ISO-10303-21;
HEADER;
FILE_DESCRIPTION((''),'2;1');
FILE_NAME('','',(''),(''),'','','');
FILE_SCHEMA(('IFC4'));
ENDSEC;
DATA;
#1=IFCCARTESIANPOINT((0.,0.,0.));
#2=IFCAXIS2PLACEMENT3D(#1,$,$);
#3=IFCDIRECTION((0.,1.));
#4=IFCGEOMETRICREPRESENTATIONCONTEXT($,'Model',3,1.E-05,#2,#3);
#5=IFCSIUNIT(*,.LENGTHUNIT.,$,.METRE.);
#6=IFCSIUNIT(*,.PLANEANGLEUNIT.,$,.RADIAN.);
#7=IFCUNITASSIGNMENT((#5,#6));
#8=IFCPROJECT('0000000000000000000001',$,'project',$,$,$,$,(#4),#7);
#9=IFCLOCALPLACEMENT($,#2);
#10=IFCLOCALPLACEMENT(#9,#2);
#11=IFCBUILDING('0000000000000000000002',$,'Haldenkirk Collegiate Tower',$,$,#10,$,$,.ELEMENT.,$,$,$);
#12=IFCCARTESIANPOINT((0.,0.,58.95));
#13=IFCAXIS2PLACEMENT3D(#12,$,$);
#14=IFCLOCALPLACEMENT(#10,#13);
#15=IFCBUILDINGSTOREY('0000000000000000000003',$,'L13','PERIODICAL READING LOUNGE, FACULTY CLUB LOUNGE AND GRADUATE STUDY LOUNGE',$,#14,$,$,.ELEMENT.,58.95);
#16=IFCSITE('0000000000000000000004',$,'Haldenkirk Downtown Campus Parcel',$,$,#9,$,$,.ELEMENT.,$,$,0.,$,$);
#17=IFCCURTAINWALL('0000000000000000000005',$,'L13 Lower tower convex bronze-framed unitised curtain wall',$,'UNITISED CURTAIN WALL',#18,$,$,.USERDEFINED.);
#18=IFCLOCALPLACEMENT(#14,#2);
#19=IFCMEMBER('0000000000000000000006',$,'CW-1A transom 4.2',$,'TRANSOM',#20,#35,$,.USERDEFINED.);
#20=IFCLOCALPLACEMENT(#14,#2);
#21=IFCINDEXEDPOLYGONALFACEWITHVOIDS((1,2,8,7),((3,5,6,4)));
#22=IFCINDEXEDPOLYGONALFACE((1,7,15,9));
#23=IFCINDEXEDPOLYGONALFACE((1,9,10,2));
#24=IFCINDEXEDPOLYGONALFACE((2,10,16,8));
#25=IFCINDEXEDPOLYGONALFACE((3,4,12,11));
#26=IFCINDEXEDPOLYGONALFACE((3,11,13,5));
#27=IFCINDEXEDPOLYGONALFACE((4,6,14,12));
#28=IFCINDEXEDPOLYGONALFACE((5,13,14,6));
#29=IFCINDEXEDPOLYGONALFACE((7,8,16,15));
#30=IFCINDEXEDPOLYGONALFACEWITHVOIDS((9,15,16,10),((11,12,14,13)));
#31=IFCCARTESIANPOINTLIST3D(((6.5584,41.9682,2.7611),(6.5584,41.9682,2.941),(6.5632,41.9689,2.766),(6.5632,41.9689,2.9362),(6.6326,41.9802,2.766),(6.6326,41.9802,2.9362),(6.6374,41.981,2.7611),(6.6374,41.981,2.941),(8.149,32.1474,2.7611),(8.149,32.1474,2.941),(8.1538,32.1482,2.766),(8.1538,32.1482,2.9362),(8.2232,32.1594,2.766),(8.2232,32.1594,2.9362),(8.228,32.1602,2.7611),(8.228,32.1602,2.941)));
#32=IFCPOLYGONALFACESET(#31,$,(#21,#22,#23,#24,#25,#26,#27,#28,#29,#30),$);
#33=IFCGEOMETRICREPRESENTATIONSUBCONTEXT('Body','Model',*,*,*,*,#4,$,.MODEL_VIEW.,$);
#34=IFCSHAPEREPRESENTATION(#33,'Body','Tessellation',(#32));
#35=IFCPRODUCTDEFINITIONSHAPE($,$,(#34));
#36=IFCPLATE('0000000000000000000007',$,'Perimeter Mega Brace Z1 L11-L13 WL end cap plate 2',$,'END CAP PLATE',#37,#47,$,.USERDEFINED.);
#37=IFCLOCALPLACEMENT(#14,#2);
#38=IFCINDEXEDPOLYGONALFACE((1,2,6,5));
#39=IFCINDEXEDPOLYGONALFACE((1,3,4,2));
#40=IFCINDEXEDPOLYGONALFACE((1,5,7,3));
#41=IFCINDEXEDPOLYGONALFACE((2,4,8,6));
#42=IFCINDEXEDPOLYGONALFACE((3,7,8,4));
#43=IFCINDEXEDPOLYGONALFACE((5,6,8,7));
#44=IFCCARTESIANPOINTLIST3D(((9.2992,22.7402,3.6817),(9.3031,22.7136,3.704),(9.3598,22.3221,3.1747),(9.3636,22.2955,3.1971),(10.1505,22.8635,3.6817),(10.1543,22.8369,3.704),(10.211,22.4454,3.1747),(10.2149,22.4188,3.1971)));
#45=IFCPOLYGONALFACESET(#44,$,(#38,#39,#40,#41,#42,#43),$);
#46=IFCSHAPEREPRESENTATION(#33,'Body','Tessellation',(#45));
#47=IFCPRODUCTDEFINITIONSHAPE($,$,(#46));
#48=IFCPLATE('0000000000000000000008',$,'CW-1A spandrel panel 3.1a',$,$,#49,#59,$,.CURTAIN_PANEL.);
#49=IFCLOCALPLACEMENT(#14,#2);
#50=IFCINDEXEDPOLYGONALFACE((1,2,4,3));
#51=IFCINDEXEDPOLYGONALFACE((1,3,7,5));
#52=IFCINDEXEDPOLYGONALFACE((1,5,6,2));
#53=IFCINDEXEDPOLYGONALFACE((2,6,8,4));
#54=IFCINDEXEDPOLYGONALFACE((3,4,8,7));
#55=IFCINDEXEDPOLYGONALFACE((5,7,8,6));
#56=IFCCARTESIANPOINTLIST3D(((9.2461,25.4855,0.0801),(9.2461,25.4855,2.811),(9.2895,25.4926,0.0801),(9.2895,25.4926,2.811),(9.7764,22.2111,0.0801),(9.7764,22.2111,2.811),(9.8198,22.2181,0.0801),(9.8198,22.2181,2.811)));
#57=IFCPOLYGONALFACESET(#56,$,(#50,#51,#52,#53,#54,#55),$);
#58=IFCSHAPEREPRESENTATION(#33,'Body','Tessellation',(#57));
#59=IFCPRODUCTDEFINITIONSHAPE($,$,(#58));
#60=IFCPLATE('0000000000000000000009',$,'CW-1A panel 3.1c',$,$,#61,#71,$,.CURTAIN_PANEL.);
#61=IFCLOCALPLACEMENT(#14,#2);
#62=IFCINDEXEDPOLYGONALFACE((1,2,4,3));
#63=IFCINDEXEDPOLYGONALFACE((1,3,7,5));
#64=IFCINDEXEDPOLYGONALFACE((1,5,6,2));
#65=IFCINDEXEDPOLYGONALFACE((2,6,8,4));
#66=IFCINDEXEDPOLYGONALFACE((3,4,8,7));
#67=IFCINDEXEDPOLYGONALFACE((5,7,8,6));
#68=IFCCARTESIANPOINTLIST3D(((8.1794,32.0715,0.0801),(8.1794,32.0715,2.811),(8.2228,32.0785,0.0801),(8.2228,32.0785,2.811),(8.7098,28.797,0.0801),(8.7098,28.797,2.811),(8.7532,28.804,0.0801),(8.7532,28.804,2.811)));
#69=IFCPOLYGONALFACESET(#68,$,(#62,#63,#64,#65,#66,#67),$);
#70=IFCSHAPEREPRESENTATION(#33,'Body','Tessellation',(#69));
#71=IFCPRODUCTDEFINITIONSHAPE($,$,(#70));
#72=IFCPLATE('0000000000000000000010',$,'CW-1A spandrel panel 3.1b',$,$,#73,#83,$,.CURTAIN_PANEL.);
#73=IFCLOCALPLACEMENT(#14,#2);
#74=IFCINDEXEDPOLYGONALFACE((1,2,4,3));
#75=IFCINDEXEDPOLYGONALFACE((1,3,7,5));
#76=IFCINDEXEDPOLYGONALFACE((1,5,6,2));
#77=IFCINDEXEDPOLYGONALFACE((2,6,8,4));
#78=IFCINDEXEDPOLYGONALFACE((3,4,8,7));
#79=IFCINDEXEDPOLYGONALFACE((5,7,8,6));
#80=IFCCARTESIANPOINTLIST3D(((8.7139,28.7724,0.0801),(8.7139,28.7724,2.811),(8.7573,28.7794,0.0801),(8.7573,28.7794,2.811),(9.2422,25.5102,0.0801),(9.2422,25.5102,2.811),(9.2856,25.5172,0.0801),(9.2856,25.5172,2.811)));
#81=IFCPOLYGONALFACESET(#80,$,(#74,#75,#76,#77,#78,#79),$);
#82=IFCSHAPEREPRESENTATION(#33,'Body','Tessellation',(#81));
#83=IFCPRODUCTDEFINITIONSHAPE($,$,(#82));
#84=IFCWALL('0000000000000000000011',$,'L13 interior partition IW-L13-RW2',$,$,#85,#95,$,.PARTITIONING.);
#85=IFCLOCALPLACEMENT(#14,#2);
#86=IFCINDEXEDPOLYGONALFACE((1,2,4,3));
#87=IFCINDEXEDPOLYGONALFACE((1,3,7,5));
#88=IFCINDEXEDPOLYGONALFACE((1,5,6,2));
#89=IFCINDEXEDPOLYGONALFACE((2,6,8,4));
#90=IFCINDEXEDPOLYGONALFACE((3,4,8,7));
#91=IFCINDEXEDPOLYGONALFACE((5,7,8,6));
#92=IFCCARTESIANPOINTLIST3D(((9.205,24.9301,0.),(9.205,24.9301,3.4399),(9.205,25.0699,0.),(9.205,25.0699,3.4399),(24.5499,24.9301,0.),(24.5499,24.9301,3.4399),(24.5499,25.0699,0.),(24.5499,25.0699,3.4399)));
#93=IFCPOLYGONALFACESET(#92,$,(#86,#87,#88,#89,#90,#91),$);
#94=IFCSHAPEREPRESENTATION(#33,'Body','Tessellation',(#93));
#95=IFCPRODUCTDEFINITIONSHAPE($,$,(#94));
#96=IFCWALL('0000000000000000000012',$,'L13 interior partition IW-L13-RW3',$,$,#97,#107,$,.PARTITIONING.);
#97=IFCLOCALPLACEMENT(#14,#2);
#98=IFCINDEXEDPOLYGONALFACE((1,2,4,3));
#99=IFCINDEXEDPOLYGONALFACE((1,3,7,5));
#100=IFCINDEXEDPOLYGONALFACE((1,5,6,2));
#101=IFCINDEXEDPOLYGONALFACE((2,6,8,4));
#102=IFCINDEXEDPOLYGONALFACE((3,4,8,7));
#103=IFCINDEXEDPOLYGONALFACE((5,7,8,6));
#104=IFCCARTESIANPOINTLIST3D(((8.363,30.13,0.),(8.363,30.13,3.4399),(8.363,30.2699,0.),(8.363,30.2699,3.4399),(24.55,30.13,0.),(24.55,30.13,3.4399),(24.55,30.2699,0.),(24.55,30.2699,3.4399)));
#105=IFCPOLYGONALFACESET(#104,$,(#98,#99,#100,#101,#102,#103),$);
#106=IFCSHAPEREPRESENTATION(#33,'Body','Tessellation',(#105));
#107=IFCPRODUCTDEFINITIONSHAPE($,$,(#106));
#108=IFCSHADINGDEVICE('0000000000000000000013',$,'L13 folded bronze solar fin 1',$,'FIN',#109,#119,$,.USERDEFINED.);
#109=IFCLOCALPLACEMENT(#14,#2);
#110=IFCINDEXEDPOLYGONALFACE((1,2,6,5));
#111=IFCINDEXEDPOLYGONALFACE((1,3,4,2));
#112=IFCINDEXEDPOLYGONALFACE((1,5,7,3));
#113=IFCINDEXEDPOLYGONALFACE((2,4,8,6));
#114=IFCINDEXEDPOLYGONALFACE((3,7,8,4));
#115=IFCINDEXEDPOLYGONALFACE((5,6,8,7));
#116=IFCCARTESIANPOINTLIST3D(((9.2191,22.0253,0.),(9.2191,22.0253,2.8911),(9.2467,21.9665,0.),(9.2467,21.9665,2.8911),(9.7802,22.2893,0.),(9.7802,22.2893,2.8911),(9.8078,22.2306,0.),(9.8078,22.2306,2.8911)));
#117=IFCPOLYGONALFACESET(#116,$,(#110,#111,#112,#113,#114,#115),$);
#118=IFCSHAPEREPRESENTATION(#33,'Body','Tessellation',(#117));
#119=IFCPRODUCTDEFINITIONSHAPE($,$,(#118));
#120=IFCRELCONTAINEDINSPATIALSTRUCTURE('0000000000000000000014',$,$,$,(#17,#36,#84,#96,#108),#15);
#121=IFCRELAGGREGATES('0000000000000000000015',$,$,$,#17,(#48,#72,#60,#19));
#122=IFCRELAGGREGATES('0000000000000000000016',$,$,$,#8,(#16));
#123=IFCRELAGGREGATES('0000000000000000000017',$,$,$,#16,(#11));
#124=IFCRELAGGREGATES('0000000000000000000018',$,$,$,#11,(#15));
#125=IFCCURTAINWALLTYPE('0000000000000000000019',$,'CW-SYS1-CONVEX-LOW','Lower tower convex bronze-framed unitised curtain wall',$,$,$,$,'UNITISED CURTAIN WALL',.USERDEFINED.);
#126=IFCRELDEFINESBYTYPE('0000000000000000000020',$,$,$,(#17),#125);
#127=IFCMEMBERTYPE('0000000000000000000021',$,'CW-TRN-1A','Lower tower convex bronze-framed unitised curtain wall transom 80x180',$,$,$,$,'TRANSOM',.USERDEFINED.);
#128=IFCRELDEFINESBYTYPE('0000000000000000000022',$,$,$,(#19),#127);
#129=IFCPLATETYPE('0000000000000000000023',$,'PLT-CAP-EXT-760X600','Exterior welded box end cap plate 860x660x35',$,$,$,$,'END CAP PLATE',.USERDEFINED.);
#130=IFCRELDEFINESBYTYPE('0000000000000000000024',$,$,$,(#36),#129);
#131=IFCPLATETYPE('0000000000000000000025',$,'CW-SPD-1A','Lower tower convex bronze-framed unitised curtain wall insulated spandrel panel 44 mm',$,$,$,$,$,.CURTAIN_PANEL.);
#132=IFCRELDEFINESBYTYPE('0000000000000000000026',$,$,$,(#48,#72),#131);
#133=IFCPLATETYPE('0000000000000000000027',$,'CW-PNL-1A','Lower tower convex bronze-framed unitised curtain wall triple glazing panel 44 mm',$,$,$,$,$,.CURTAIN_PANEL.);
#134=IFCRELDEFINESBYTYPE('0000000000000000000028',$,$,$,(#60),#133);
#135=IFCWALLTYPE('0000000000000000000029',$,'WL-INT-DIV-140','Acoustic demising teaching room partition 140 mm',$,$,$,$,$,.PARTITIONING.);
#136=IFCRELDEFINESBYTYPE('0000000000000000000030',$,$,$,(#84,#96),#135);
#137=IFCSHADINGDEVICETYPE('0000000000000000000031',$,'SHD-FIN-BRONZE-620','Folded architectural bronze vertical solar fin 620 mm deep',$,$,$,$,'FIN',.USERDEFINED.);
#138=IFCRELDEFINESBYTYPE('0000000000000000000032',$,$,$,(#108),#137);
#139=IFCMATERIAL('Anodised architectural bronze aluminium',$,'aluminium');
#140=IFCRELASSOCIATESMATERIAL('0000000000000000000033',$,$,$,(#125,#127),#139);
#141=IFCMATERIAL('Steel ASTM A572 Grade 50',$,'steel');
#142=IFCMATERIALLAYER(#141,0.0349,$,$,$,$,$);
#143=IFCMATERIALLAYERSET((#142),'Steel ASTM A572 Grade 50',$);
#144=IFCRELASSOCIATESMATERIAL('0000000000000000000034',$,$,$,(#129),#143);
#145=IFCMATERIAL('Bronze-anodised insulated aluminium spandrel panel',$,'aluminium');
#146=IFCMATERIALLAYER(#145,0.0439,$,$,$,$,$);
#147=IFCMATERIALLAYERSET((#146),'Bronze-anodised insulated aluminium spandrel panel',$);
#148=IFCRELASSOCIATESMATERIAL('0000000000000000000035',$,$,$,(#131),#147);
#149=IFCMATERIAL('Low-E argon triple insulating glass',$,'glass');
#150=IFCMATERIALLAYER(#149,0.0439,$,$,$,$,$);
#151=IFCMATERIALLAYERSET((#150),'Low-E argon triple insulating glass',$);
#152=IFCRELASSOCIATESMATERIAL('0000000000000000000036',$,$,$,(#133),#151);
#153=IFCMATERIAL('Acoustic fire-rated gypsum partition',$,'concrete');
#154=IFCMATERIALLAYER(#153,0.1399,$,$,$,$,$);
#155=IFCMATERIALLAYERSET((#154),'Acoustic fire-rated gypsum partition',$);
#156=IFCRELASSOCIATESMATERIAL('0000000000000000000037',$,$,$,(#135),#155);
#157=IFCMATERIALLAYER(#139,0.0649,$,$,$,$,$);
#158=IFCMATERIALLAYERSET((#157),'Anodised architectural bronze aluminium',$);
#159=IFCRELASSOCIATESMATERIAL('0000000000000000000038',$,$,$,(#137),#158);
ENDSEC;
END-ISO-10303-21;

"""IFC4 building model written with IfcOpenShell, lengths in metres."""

from ifc_helpers import new_model, si_unit, direction, frame, frame_2d, origin, origin_2d, place, context, subcontext, project, spatial, rectangle, hollow_rectangle, extrude, source, transform, mapped, material, layer, layer_set, material_profile, profile_set, type_object, element, aggregate, save


model = new_model("IFC4")

# Units and contexts
model_context = context("Model", 3, precision=1e-05, world=origin(), true_north=direction((0.0, 1.0)))
body_context = subcontext(model_context, "Body", "Model", "MODEL_VIEW")
ifc_project = project(units=[si_unit("LENGTHUNIT", "METRE"), si_unit("PLANEANGLEUNIT", "RADIAN")], contexts=[model_context])

# Site, building, storey
site_placement = place(None, origin())
site = spatial("IfcSite", under=ifc_project, at=site_placement, Name="Haldenkirk Downtown Campus Parcel", CompositionType="ELEMENT", RefElevation=0.0)
building_placement = place(site_placement, origin())
building = spatial("IfcBuilding", under=site, at=building_placement, Name="Haldenkirk Collegiate Tower", CompositionType="ELEMENT")
storey_placement = place(building_placement, frame((0.0, 0.0, 58.95)))
storey = spatial("IfcBuildingStorey", under=building, at=storey_placement, Name="L13", Description="PERIODICAL READING LOUNGE, FACULTY CLUB LOUNGE AND GRADUATE STUDY LOUNGE", CompositionType="ELEMENT", Elevation=58.95)

# Curtain wall, member
ifc_material_1 = material(Name="Anodised architectural bronze aluminium", Category="aluminium")
curtain_wall_type = type_object("IfcCurtainWallType", Name="CW-SYS1-CONVEX-LOW", Description="Lower tower convex bronze-framed unitised curtain wall", ElementType="UNITISED CURTAIN WALL", PredefinedType="USERDEFINED", material=ifc_material_1)
curtain_wall_placement = place(storey_placement, origin())
curtain_wall = element("IfcCurtainWall", 1, at=curtain_wall_placement, inside=storey, type_object=curtain_wall_type, Name="L13 Lower tower convex bronze-framed unitised curtain wall", ObjectType="UNITISED CURTAIN WALL", PredefinedType="USERDEFINED")
ifc_material_profile_1 = material_profile(ifc_material_1, hollow_rectangle(XDim=0.0801, YDim=0.1799, WallThickness=0.0049, at=origin_2d()), Name="CW-TRN-1A")
ifc_profile_set_1 = profile_set([ifc_material_profile_1], Name="Anodised architectural bronze aluminium")
member_type_1 = type_object("IfcMemberType", Name="CW-TRN-1A", Description="Lower tower convex bronze-framed unitised curtain wall transom 80x180", ElementType="TRANSOM", PredefinedType="USERDEFINED", material=ifc_profile_set_1)
member_1_placement = place(storey_placement, frame((8.1885, 32.1538, 2.8511), z_axis=(-0.159877, 0.987137, 0.0), x_axis=(-0.987137, -0.159877, 0.0)))
member_1 = element("IfcMember", 2, at=member_1_placement, type_object=member_type_1, Name="CW-1A transom 4.2", ObjectType="TRANSOM", PredefinedType="USERDEFINED", context=body_context, shape_type="SweptSolid", body=[
    extrude(hollow_rectangle(XDim=0.0801, YDim=0.1799, WallThickness=0.0049, at=origin_2d()), origin(), (0.0, 0.0, 1.0), 9.9487),
])

# Plates
ifc_material_2 = material(Name="Steel ASTM A572 Grade 50", Category="steel")
ifc_layer_1 = layer(ifc_material_2, 0.0349)
ifc_layer_set_1 = layer_set([ifc_layer_1], Name="Steel ASTM A572 Grade 50")
plate_type_1 = type_object("IfcPlateType", Name="PLT-CAP-EXT-760X600", Description="Exterior welded box end cap plate 860x660x35", ElementType="END CAP PLATE", PredefinedType="USERDEFINED", material=ifc_layer_set_1)
shared_shape_1 = source(origin(), body_context, "Body", "SweptSolid", [
    extrude(rectangle(XDim=0.8601, YDim=0.6599, at=origin_2d()), origin(), (0.0, 0.0, 1.0), 0.0349),
])
plate_1_placement = place(storey_placement, frame((9.7551, 22.5928, 3.4282), z_axis=(0.110116, -0.76027, 0.640207), x_axis=(0.989673, 0.143342, 0.0)))
element("IfcPlate", 3, at=plate_1_placement, inside=storey, type_object=plate_type_1, Name="Perimeter Mega Brace Z1 L11-L13 WL end cap plate 2", ObjectType="END CAP PLATE", PredefinedType="USERDEFINED", context=body_context, shape_type="MappedRepresentation", body=[
    mapped(shared_shape_1, transform((0.0, 0.0, 0.0), x_axis=(1.0, 0.0, 0.0), y_axis=(0.0, 1.0, 0.0), z_axis=(0.0, 0.0, 1.0), scale=1.0)),
])
ifc_material_3 = material(Name="Bronze-anodised insulated aluminium spandrel panel", Category="aluminium")
ifc_layer_2 = layer(ifc_material_3, 0.0439)
ifc_layer_set_2 = layer_set([ifc_layer_2], Name="Bronze-anodised insulated aluminium spandrel panel")
plate_type_2 = type_object("IfcPlateType", Name="CW-SPD-1A", Description="Lower tower convex bronze-framed unitised curtain wall insulated spandrel panel 44 mm", PredefinedType="CURTAIN_PANEL", material=ifc_layer_set_2)
shared_shape_2 = source(origin(), body_context, "Body", "SweptSolid", [
    extrude(rectangle(XDim=3.3171, YDim=0.0439, at=origin_2d()), origin(), (0.0, 0.0, 1.0), 2.731),
])
plate_2_placement = place(storey_placement, frame((9.533, 23.8518, 0.0801), z_axis=(0.0, 0.0, 1.0), x_axis=(-0.159881, 0.987136, 0.0)))
plate_2 = element("IfcPlate", 4, at=plate_2_placement, type_object=plate_type_2, Name="CW-1A spandrel panel 3.1a", PredefinedType="CURTAIN_PANEL", context=body_context, shape_type="MappedRepresentation", body=[
    mapped(shared_shape_2, transform((0.0, 0.0, 0.0), x_axis=(1.0, 0.0, 0.0), y_axis=(0.0, 1.0, 0.0), z_axis=(0.0, 0.0, 1.0), scale=1.0)),
])
ifc_material_4 = material(Name="Low-E argon triple insulating glass", Category="glass")
ifc_layer_3 = layer(ifc_material_4, 0.0439)
ifc_layer_set_3 = layer_set([ifc_layer_3], Name="Low-E argon triple insulating glass")
plate_type_3 = type_object("IfcPlateType", Name="CW-PNL-1A", Description="Lower tower convex bronze-framed unitised curtain wall triple glazing panel 44 mm", PredefinedType="CURTAIN_PANEL", material=ifc_layer_set_3)
plate_3_placement = place(storey_placement, frame((8.4663, 30.4377, 0.0801), z_axis=(0.0, 0.0, 1.0), x_axis=(-0.159881, 0.987136, 0.0)))
plate_3 = element("IfcPlate", 5, at=plate_3_placement, type_object=plate_type_3, Name="CW-1A panel 3.1c", PredefinedType="CURTAIN_PANEL", context=body_context, shape_type="MappedRepresentation", body=[
    mapped(shared_shape_2, transform((0.0, 0.0, 0.0), x_axis=(1.0, 0.0, 0.0), y_axis=(0.0, 1.0, 0.0), z_axis=(0.0, 0.0, 1.0), scale=1.0)),
])
shared_shape_3 = source(origin(), body_context, "Body", "SweptSolid", [
    extrude(rectangle(XDim=3.3047, YDim=0.0439, at=origin_2d()), origin(), (0.0, 0.0, 1.0), 2.731),
])
plate_4_placement = place(storey_placement, frame((8.9998, 27.1448, 0.0801), z_axis=(0.0, 0.0, 1.0), x_axis=(-0.159881, 0.987136, 0.0)))
plate_4 = element("IfcPlate", 6, at=plate_4_placement, type_object=plate_type_2, Name="CW-1A spandrel panel 3.1b", PredefinedType="CURTAIN_PANEL", context=body_context, shape_type="MappedRepresentation", body=[
    mapped(shared_shape_3, transform((0.0, 0.0, 0.0), x_axis=(1.0, 0.0, 0.0), y_axis=(0.0, 1.0, 0.0), z_axis=(0.0, 0.0, 1.0), scale=1.0)),
])
aggregate(curtain_wall, [plate_2, plate_4, plate_3, member_1])

# Walls
ifc_material_5 = material(Name="Acoustic fire-rated gypsum partition", Category="concrete")
ifc_layer_4 = layer(ifc_material_5, 0.1399)
ifc_layer_set_4 = layer_set([ifc_layer_4], Name="Acoustic fire-rated gypsum partition")
wall_type = type_object("IfcWallType", Name="WL-INT-DIV-140", Description="Acoustic demising teaching room partition 140 mm", PredefinedType="PARTITIONING", material=ifc_layer_set_4)
wall_1_placement = place(storey_placement, frame((9.2051, 25.0, 0.0), z_axis=(0.0, 0.0, 1.0), x_axis=(1.0, 0.0, 0.0)))
element("IfcWall", 7, at=wall_1_placement, inside=storey, type_object=wall_type, Name="L13 interior partition IW-L13-RW2", PredefinedType="PARTITIONING", context=body_context, shape_type="SweptSolid", body=[
    extrude(rectangle(XDim=15.345, YDim=0.1399, at=frame_2d((7.6724, 0.0))), origin(), (0.0, 0.0, 1.0), 3.4399),
])
wall_2_placement = place(storey_placement, frame((8.363, 30.2, 0.0), z_axis=(0.0, 0.0, 1.0), x_axis=(1.0, 0.0, 0.0)))
element("IfcWall", 8, at=wall_2_placement, inside=storey, type_object=wall_type, Name="L13 interior partition IW-L13-RW3", PredefinedType="PARTITIONING", context=body_context, shape_type="SweptSolid", body=[
    extrude(rectangle(XDim=16.187, YDim=0.1399, at=frame_2d((8.0935, 0.0))), origin(), (0.0, 0.0, 1.0), 3.4399),
])

# Shading device
ifc_layer_5 = layer(ifc_material_1, 0.0649)
ifc_layer_set_5 = layer_set([ifc_layer_5], Name="Anodised architectural bronze aluminium")
shading_device_type = type_object("IfcShadingDeviceType", Name="SHD-FIN-BRONZE-620", Description="Folded architectural bronze vertical solar fin 620 mm deep", ElementType="FIN", PredefinedType="USERDEFINED", material=ifc_layer_set_5)
shared_shape_4 = source(origin(), body_context, "Body", "SweptSolid", [
    extrude(rectangle(XDim=0.6201, YDim=0.0649, at=origin_2d()), origin(), (0.0, 0.0, 1.0), 2.8911),
])
shading_device_placement = place(storey_placement, frame((9.5134, 22.1279, 0.0), z_axis=(0.0, 0.0, 1.0), x_axis=(-0.904827, -0.425779, 0.0)))
element("IfcShadingDevice", 9, at=shading_device_placement, inside=storey, type_object=shading_device_type, Name="L13 folded bronze solar fin 1", ObjectType="FIN", PredefinedType="USERDEFINED", context=body_context, shape_type="MappedRepresentation", body=[
    mapped(shared_shape_4, transform((0.0, 0.0, 0.0), x_axis=(1.0, 0.0, 0.0), y_axis=(0.0, 1.0, 0.0), z_axis=(0.0, 0.0, 1.0), scale=1.0)),
])

save(model, "model.ifc")
